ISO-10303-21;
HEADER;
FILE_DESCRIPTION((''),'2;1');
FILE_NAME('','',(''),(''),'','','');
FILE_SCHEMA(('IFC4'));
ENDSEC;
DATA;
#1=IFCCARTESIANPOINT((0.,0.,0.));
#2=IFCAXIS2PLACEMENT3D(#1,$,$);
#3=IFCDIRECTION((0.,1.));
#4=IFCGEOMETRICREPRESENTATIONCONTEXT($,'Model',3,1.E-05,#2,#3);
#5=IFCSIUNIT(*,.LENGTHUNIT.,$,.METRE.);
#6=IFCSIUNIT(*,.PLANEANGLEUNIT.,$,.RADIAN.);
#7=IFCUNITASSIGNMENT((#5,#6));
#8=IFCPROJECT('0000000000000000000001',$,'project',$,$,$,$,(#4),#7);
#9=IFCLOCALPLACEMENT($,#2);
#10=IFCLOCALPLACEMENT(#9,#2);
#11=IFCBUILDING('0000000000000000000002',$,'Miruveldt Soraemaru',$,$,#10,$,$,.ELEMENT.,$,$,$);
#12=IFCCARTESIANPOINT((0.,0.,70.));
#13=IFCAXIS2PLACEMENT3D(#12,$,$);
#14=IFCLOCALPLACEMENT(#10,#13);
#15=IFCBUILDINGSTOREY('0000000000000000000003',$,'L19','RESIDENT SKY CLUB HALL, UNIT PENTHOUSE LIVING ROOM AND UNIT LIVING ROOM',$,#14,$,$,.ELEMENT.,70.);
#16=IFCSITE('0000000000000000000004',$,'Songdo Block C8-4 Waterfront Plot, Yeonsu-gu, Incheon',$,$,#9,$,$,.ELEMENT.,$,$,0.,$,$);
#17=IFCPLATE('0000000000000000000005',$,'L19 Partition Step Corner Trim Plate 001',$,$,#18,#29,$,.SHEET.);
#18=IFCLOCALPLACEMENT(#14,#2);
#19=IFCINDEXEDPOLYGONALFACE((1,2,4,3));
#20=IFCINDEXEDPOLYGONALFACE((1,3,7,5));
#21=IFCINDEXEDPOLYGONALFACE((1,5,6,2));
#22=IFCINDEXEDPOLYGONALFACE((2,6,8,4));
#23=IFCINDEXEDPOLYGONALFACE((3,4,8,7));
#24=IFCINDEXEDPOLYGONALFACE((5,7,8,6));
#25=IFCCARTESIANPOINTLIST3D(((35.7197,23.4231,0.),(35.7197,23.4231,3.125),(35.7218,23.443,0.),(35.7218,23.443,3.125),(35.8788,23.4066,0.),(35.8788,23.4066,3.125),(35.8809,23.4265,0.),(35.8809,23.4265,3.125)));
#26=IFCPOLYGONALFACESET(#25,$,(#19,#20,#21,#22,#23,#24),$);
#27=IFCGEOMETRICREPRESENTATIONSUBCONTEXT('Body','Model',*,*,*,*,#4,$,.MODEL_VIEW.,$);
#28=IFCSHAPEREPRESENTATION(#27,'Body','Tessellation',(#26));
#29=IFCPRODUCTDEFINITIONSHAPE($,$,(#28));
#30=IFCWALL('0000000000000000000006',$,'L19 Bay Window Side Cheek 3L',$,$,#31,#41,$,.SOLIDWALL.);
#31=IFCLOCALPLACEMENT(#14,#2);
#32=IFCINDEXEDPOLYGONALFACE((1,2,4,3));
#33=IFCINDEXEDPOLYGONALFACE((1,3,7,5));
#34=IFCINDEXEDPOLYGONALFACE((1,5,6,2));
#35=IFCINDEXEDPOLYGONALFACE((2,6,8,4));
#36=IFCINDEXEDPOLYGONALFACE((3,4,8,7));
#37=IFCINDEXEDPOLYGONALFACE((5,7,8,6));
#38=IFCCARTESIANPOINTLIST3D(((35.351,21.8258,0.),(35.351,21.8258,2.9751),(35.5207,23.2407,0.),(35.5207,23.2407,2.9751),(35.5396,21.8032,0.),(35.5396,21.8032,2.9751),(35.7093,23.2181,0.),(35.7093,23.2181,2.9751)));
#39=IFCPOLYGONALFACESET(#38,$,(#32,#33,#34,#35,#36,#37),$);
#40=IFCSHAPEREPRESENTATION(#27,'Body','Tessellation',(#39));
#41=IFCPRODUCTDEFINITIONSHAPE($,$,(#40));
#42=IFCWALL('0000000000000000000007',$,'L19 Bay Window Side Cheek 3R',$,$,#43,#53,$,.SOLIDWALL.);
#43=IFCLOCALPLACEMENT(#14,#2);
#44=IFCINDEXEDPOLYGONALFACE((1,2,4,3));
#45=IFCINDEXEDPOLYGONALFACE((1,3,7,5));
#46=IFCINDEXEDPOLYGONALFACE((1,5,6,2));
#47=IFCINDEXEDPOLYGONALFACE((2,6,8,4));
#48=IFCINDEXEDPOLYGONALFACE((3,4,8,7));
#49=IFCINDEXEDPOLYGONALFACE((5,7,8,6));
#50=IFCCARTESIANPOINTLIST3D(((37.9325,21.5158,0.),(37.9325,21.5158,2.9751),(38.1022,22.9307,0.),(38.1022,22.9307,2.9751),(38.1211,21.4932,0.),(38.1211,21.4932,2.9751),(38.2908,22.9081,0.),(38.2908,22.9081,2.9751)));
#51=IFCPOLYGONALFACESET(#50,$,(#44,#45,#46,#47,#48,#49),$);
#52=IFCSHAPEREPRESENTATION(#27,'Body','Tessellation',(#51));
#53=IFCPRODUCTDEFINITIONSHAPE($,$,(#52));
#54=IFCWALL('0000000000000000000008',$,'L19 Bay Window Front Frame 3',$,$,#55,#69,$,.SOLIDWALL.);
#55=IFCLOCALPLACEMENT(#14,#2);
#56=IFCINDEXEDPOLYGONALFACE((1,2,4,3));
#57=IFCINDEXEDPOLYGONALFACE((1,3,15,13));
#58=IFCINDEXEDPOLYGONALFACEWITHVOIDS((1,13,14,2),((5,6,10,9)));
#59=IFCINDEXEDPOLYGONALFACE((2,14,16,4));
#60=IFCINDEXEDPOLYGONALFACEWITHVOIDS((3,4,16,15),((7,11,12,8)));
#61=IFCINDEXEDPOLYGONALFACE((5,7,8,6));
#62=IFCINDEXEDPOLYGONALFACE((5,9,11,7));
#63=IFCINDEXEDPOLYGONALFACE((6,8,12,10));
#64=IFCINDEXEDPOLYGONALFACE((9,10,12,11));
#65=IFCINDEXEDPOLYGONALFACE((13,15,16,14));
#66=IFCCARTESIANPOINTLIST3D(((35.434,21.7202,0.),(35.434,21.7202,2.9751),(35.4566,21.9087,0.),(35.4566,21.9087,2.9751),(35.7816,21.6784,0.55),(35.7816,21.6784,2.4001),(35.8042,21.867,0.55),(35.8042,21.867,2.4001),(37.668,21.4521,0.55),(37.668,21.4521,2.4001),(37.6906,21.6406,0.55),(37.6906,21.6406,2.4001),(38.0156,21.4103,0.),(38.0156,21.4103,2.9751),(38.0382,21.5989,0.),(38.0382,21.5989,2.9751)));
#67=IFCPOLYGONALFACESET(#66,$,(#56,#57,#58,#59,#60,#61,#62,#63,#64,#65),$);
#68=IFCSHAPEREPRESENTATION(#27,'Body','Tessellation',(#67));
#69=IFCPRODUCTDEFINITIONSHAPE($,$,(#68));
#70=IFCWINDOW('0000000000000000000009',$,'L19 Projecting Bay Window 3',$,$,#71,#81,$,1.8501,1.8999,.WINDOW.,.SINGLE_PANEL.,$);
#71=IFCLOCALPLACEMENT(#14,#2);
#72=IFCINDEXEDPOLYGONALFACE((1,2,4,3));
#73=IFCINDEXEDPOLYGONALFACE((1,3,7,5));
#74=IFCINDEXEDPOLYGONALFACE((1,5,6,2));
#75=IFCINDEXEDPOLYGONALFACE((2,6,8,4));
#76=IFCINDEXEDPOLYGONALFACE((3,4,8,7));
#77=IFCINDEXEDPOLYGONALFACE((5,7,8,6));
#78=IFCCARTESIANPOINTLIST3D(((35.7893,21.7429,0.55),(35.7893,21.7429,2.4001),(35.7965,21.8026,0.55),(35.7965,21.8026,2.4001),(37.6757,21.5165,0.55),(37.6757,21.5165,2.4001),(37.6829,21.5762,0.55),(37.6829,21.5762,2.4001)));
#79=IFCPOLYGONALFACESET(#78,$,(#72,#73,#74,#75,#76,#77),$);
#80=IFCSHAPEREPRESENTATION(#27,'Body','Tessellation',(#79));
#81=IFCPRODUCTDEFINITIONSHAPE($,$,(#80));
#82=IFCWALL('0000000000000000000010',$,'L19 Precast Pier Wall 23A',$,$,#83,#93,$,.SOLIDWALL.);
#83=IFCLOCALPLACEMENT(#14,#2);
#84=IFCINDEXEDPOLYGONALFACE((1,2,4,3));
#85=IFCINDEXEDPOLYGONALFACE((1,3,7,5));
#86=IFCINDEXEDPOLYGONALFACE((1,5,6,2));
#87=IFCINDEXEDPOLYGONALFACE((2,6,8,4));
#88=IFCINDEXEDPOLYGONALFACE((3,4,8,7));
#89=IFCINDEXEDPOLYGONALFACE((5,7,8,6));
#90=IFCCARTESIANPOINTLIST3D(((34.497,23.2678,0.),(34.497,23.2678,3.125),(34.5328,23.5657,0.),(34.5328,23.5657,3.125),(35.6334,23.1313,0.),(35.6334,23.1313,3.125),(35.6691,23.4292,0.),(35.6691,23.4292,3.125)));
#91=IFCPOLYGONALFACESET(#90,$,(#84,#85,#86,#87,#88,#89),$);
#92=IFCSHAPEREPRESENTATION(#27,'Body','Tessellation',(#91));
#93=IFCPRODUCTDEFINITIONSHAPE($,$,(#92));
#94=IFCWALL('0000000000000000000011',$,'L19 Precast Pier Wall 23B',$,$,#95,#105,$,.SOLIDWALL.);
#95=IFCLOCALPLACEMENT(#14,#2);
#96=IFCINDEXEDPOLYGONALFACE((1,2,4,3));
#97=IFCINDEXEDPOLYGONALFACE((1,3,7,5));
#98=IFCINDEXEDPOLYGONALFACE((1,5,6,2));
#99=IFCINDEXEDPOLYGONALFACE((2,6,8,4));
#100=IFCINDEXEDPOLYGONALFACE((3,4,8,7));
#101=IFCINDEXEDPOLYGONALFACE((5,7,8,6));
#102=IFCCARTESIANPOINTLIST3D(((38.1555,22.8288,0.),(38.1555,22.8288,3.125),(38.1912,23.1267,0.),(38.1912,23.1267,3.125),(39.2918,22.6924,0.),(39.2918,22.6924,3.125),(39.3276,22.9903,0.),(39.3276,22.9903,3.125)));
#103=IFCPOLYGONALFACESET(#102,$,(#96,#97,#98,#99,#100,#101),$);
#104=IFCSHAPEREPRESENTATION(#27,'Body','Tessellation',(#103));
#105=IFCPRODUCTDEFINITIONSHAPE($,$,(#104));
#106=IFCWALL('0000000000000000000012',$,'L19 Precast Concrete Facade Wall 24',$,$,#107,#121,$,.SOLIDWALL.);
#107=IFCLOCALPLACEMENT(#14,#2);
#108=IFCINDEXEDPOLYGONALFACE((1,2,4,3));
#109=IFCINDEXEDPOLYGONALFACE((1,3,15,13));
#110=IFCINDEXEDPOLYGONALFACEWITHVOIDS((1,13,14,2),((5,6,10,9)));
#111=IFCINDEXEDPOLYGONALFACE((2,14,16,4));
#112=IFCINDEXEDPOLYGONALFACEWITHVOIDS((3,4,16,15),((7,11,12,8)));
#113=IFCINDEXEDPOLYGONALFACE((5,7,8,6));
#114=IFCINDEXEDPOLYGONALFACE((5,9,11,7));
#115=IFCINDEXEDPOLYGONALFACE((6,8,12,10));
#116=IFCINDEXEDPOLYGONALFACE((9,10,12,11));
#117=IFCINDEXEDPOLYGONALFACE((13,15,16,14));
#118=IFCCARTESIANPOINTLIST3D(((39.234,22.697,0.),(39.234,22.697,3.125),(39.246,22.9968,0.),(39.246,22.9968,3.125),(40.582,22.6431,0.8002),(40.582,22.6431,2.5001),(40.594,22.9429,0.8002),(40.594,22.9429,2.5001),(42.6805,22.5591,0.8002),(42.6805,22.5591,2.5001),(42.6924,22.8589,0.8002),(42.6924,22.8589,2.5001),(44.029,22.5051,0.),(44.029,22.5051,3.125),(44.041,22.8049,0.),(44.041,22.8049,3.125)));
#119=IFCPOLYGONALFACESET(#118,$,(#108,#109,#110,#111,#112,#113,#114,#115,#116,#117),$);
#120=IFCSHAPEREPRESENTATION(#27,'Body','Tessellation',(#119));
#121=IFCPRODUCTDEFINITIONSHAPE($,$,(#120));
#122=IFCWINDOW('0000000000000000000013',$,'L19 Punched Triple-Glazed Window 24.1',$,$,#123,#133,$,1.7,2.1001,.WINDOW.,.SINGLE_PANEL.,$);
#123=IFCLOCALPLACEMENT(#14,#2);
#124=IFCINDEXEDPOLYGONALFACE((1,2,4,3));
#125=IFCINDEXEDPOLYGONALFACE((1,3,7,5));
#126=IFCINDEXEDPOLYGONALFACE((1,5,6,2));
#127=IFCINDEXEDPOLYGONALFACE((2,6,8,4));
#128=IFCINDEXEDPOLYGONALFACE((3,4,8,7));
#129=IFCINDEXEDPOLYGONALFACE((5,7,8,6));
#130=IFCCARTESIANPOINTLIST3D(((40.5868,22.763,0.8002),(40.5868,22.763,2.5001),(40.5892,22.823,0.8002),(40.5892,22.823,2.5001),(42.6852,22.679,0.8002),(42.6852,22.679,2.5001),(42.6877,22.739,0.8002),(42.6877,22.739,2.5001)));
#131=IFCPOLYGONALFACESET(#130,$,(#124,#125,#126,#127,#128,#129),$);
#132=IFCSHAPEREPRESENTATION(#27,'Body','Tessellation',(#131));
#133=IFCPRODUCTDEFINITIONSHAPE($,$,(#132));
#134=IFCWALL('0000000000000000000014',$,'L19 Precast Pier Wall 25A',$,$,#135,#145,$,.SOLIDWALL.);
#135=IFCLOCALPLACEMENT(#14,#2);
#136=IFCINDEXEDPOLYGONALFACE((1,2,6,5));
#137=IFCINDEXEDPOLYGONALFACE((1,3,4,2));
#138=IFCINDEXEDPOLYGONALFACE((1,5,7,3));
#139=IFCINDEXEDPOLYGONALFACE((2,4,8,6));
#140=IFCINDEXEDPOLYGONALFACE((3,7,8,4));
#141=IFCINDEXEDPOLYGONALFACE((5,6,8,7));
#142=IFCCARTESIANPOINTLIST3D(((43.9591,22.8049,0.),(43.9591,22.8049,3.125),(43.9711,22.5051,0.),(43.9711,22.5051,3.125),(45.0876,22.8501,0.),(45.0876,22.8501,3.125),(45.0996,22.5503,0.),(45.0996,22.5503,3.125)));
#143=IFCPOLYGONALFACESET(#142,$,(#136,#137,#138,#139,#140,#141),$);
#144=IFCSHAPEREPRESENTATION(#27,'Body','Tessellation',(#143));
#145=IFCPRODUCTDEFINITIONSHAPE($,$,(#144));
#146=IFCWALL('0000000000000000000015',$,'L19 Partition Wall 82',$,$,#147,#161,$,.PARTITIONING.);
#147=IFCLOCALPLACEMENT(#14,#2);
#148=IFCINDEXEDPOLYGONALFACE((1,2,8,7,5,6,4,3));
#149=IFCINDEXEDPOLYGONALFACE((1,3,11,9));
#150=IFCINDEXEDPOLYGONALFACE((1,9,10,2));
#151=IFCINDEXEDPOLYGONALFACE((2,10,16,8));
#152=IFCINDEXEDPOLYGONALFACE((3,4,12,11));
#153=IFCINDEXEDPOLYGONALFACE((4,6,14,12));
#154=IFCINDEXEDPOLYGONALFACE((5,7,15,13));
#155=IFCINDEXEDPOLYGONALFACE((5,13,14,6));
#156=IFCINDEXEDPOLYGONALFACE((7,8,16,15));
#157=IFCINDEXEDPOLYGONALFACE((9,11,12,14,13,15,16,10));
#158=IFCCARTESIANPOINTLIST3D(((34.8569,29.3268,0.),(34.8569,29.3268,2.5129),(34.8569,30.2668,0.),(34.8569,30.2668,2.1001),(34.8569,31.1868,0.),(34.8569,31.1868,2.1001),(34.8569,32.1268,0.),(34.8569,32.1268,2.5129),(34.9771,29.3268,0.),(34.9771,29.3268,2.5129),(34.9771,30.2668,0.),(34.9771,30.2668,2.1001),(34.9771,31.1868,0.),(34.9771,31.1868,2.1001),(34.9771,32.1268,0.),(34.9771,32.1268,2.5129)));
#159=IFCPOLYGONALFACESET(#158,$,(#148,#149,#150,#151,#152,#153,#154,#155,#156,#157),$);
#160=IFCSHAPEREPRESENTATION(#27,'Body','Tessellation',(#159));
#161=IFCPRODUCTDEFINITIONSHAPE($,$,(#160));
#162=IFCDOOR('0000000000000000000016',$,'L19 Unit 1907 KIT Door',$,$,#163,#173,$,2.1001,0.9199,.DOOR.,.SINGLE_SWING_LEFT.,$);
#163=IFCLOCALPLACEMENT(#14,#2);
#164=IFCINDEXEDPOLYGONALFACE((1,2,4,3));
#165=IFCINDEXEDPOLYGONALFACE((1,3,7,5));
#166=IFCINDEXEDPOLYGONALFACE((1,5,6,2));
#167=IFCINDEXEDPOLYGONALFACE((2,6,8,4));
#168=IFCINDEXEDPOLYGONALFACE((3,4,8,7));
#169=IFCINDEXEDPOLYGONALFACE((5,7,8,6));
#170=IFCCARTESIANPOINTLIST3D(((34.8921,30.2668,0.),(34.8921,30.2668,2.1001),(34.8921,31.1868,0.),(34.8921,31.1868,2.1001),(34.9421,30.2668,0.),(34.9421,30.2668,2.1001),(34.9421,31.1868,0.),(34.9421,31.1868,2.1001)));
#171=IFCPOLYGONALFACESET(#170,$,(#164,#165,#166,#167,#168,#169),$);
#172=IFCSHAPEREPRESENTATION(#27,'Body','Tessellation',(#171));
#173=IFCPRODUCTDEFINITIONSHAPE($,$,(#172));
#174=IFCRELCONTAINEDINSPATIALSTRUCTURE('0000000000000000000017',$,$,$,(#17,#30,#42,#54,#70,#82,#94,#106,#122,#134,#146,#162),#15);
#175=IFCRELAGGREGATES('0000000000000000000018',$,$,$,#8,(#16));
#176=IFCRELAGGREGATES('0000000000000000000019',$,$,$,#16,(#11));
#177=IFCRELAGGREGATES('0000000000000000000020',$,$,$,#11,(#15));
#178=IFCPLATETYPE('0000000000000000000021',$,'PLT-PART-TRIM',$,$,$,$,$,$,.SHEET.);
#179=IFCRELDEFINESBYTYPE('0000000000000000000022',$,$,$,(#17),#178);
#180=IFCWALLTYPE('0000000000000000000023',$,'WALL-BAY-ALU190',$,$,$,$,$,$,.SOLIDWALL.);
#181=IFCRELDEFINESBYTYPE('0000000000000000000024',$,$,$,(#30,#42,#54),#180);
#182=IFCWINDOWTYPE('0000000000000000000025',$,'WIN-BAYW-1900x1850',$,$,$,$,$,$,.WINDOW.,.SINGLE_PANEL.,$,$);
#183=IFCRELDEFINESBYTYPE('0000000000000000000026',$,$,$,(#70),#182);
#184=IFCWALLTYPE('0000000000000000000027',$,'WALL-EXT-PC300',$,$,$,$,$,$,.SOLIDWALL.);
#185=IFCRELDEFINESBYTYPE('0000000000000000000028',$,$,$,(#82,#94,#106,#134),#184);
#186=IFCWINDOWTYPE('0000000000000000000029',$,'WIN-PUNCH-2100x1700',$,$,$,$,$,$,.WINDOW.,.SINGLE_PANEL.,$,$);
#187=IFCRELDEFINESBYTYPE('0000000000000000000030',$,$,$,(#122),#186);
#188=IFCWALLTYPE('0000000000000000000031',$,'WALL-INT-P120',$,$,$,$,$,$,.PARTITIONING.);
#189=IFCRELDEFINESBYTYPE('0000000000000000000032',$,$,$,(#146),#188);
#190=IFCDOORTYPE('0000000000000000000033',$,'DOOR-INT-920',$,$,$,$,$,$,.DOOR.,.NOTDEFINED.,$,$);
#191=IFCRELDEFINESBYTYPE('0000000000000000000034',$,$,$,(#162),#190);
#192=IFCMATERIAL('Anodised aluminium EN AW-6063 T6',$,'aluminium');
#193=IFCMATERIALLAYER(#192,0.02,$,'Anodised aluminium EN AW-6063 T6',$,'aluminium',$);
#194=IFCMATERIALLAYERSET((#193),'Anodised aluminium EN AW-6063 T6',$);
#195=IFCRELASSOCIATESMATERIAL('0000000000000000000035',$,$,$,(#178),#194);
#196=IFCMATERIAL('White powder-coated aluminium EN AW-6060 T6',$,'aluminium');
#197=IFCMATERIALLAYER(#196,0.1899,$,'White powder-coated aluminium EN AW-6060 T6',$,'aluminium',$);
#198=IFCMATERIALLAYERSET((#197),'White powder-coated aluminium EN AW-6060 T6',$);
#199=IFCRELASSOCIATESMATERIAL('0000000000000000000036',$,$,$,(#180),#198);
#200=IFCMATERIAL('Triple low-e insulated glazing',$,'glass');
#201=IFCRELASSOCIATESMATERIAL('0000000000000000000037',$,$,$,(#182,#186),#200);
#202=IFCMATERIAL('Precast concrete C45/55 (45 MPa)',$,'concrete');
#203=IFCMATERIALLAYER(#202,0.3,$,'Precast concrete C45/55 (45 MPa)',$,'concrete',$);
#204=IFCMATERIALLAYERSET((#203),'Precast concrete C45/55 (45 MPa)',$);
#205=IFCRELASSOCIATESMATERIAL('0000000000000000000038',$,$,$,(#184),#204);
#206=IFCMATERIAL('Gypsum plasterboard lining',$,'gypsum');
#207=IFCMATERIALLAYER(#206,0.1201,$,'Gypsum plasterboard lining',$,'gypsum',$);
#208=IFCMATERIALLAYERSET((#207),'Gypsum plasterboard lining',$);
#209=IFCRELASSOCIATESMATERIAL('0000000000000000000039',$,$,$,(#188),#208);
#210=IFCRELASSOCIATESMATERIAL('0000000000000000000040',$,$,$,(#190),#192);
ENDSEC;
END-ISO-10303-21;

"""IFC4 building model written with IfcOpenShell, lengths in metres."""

from ifc_helpers import new_model, si_unit, direction, frame, frame_2d, origin, origin_2d, place, context, subcontext, project, spatial, rectangle, extrude, material, layer, layer_set, type_object, element, fill, save


model = new_model("IFC4")

# Units and contexts
model_context = context("Model", 3, precision=1e-05, world=origin(), true_north=direction((0.0, 1.0)))
body_context = subcontext(model_context, "Body", "Model", "MODEL_VIEW")
ifc_project = project(units=[si_unit("LENGTHUNIT", "METRE"), si_unit("PLANEANGLEUNIT", "RADIAN")], contexts=[model_context])

# Site, building, storey
site_placement = place(None, origin())
site = spatial("IfcSite", under=ifc_project, at=site_placement, Name="Songdo Block C8-4 Waterfront Plot, Yeonsu-gu, Incheon", CompositionType="ELEMENT", RefElevation=0.0)
building_placement = place(site_placement, origin())
building = spatial("IfcBuilding", under=site, at=building_placement, Name="Miruveldt Soraemaru", CompositionType="ELEMENT")
storey_placement = place(building_placement, frame((0.0, 0.0, 70.0)))
storey = spatial("IfcBuildingStorey", under=building, at=storey_placement, Name="L19", Description="RESIDENT SKY CLUB HALL, UNIT PENTHOUSE LIVING ROOM AND UNIT LIVING ROOM", CompositionType="ELEMENT", Elevation=70.0)

# Plate
ifc_material_1 = material(Name="Anodised aluminium EN AW-6063 T6", Category="aluminium")
ifc_layer_1 = layer(ifc_material_1, 0.02, Name="Anodised aluminium EN AW-6063 T6", Category="aluminium")
ifc_layer_set_1 = layer_set([ifc_layer_1], Name="Anodised aluminium EN AW-6063 T6")
plate_type = type_object("IfcPlateType", Name="PLT-PART-TRIM", PredefinedType="SHEET", material=ifc_layer_set_1)
plate_placement = place(storey_placement, frame((35.8003, 23.4248, 0.0), z_axis=(0.0, 0.0, 1.0), x_axis=(-0.994613, 0.103661, 0.0)))
element("IfcPlate", 1, at=plate_placement, inside=storey, type_object=plate_type, Name="L19 Partition Step Corner Trim Plate 001", PredefinedType="SHEET", context=body_context, shape_type="SweptSolid", body=[
    extrude(rectangle(XDim=0.1599, YDim=0.02, at=origin_2d()), origin(), (0.0, 0.0, 1.0), 3.125),
])

# Walls
ifc_material_2 = material(Name="White powder-coated aluminium EN AW-6060 T6", Category="aluminium")
ifc_layer_2 = layer(ifc_material_2, 0.1899, Name="White powder-coated aluminium EN AW-6060 T6", Category="aluminium")
ifc_layer_set_2 = layer_set([ifc_layer_2], Name="White powder-coated aluminium EN AW-6060 T6")
wall_type_1 = type_object("IfcWallType", Name="WALL-BAY-ALU190", PredefinedType="SOLIDWALL", material=ifc_layer_set_2)
for number, where, z_axis, x_axis, name in (
    (2, (35.615, 23.2292, 0.0), (0.0, 0.0, 1.0), (-0.119078, -0.992885, 0.0), "L19 Bay Window Side Cheek 3L"),
    (3, (38.0269, 21.5046, 0.0), (0.0, 0.0, 1.0), (0.119078, 0.992885, 0.0), "L19 Bay Window Side Cheek 3R"),
):
    element("IfcWall", number, at=place(storey_placement, frame(where, z_axis=z_axis, x_axis=x_axis)), inside=storey, type_object=wall_type_1, Name=name, PredefinedType="SOLIDWALL", context=body_context, shape_type="SweptSolid", body=[
        extrude(rectangle(XDim=1.425, YDim=0.1899, at=frame_2d((0.7124, 0.0))), origin(), (0.0, 0.0, 1.0), 2.9751),
    ])

# Wall, opening, window
wall_1_placement = place(storey_placement, frame((35.4453, 21.8145, 0.0), z_axis=(0.0, 0.0, 1.0), x_axis=(0.992876, -0.119156, 0.0)))
wall_1 = element("IfcWall", 4, at=wall_1_placement, inside=storey, type_object=wall_type_1, Name="L19 Bay Window Front Frame 3", PredefinedType="SOLIDWALL", context=body_context, shape_type="SweptSolid", body=[
    extrude(rectangle(XDim=2.6001, YDim=0.1899, at=frame_2d((1.3, 0.0))), origin(), (0.0, 0.0, 1.0), 2.9751),
])
opening_1_placement = place(wall_1_placement, frame((0.3501, 0.0, 0.55)))
opening_1 = element("IfcOpeningElement", 5, at=opening_1_placement, cuts=wall_1, PredefinedType="OPENING", context=body_context, shape_type="SweptSolid", body=[
    extrude(rectangle(XDim=1.8999, YDim=1.8501, at=frame_2d((0.95, 0.925))), frame((0.0, 0.105, 0.0), z_axis=(0.0, -1.0, 0.0), x_axis=(1.0, 0.0, 0.0)), (0.0, 0.0, 1.0), 0.21),
])
ifc_material_3 = material(Name="Triple low-e insulated glazing", Category="glass")
window_type_1 = type_object("IfcWindowType", Name="WIN-BAYW-1900x1850", PartitioningType="SINGLE_PANEL", PredefinedType="WINDOW", material=ifc_material_3)
window_1_placement = place(opening_1_placement, origin())
window_1 = element("IfcWindow", 6, at=window_1_placement, inside=storey, type_object=window_type_1, Name="L19 Projecting Bay Window 3", OverallHeight=1.8501, OverallWidth=1.8999, PartitioningType="SINGLE_PANEL", PredefinedType="WINDOW", context=body_context, shape_type="SweptSolid", body=[
    extrude(rectangle(XDim=1.8999, YDim=1.8501, at=frame_2d((0.95, 0.925))), frame((0.0, 0.03, 0.0), z_axis=(0.0, -1.0, 0.0), x_axis=(1.0, 0.0, 0.0)), (0.0, 0.0, 1.0), 0.0601),
])
fill(opening_1, window_1)

# Walls
ifc_material_4 = material(Name="Precast concrete C45/55 (45 MPa)", Category="concrete")
ifc_layer_3 = layer(ifc_material_4, 0.3, Name="Precast concrete C45/55 (45 MPa)", Category="concrete")
ifc_layer_set_3 = layer_set([ifc_layer_3], Name="Precast concrete C45/55 (45 MPa)")
wall_type_2 = type_object("IfcWallType", Name="WALL-EXT-PC300", PredefinedType="SOLIDWALL", material=ifc_layer_set_3)
for number, where, z_axis, x_axis, name in (
    (7, (34.5149, 23.4167, 0.0), (0.0, 0.0, 1.0), (0.992867, -0.119229, 0.0), "L19 Precast Pier Wall 23A"),
    (8, (38.1733, 22.9778, 0.0), (0.0, 0.0, 1.0), (0.992867, -0.119229, 0.0), "L19 Precast Pier Wall 23B"),
):
    element("IfcWall", number, at=place(storey_placement, frame(where, z_axis=z_axis, x_axis=x_axis)), inside=storey, type_object=wall_type_2, Name=name, PredefinedType="SOLIDWALL", context=body_context, shape_type="SweptSolid", body=[
        extrude(rectangle(XDim=1.1445, YDim=0.3, at=frame_2d((0.5723, 0.0))), origin(), (0.0, 0.0, 1.0), 3.125),
    ])

# Wall, opening, window
wall_2_placement = place(storey_placement, frame((39.24, 22.8469, 0.0), z_axis=(0.0, 0.0, 1.0), x_axis=(0.9992, -0.039988, 0.0)))
wall_2 = element("IfcWall", 9, at=wall_2_placement, inside=storey, type_object=wall_type_2, Name="L19 Precast Concrete Facade Wall 24", PredefinedType="SOLIDWALL", context=body_context, shape_type="SweptSolid", body=[
    extrude(rectangle(XDim=4.7988, YDim=0.3, at=frame_2d((2.3994, 0.0))), origin(), (0.0, 0.0, 1.0), 3.125),
])
opening_2_placement = place(wall_2_placement, frame((1.3491, 0.0, 0.8)))
opening_2 = element("IfcOpeningElement", 10, at=opening_2_placement, cuts=wall_2, PredefinedType="OPENING", context=body_context, shape_type="SweptSolid", body=[
    extrude(rectangle(XDim=2.1001, YDim=1.7, at=frame_2d((1.05, 0.8501))), frame((0.0, 0.1602, 0.0), z_axis=(0.0, -1.0, 0.0), x_axis=(1.0, 0.0, 0.0)), (0.0, 0.0, 1.0), 0.3201),
])
window_type_2 = type_object("IfcWindowType", Name="WIN-PUNCH-2100x1700", PartitioningType="SINGLE_PANEL", PredefinedType="WINDOW", material=ifc_material_3)
window_2_placement = place(opening_2_placement, origin())
window_2 = element("IfcWindow", 11, at=window_2_placement, inside=storey, type_object=window_type_2, Name="L19 Punched Triple-Glazed Window 24.1", OverallHeight=1.7, OverallWidth=2.1001, PartitioningType="SINGLE_PANEL", PredefinedType="WINDOW", context=body_context, shape_type="SweptSolid", body=[
    extrude(rectangle(XDim=2.1001, YDim=1.7, at=frame_2d((1.05, 0.8501))), frame((0.0, 0.03, 0.0), z_axis=(0.0, -1.0, 0.0), x_axis=(1.0, 0.0, 0.0)), (0.0, 0.0, 1.0), 0.0601),
])
fill(opening_2, window_2)

# Wall
wall_3_placement = place(storey_placement, frame((43.9651, 22.655, 0.0), z_axis=(0.0, 0.0, 1.0), x_axis=(0.9992, 0.039994, 0.0)))
element("IfcWall", 12, at=wall_3_placement, inside=storey, type_object=wall_type_2, Name="L19 Precast Pier Wall 25A", PredefinedType="SOLIDWALL", context=body_context, shape_type="SweptSolid", body=[
    extrude(rectangle(XDim=1.1294, YDim=0.3, at=frame_2d((0.5647, 0.0))), origin(), (0.0, 0.0, 1.0), 3.125),
])

# Wall, opening, door
ifc_material_5 = material(Name="Gypsum plasterboard lining", Category="gypsum")
ifc_layer_4 = layer(ifc_material_5, 0.1201, Name="Gypsum plasterboard lining", Category="gypsum")
ifc_layer_set_4 = layer_set([ifc_layer_4], Name="Gypsum plasterboard lining")
wall_type_3 = type_object("IfcWallType", Name="WALL-INT-P120", PredefinedType="PARTITIONING", material=ifc_layer_set_4)
wall_4_placement = place(storey_placement, frame((34.917, 29.3269, 0.0), z_axis=(0.0, 0.0, 1.0), x_axis=(0.0, 1.0, 0.0)))
wall_4 = element("IfcWall", 13, at=wall_4_placement, inside=storey, type_object=wall_type_3, Name="L19 Partition Wall 82", PredefinedType="PARTITIONING", context=body_context, shape_type="SweptSolid", body=[
    extrude(rectangle(XDim=2.8, YDim=0.1201, at=frame_2d((1.3999, 0.0))), origin(), (0.0, 0.0, 1.0), 2.5129),
])
opening_3_placement = place(wall_4_placement, frame((0.9399, 0.0, 0.0)))
opening_3 = element("IfcOpeningElement", 14, at=opening_3_placement, cuts=wall_4, PredefinedType="OPENING", context=body_context, shape_type="SweptSolid", body=[
    extrude(rectangle(XDim=0.9199, YDim=2.1001, at=frame_2d((0.46, 1.05))), frame((0.0, 0.0701, 0.0), z_axis=(0.0, -1.0, 0.0), x_axis=(1.0, 0.0, 0.0)), (0.0, 0.0, 1.0), 0.1401),
])
door_type_1 = type_object("IfcDoorType", Name="DOOR-INT-920", OperationType="NOTDEFINED", PredefinedType="DOOR", material=ifc_material_1)
door_1_placement = place(opening_3_placement, origin())
door_1 = element("IfcDoor", 15, at=door_1_placement, inside=storey, type_object=door_type_1, Name="L19 Unit 1907 KIT Door", OperationType="SINGLE_SWING_LEFT", OverallHeight=2.1001, OverallWidth=0.9199, PredefinedType="DOOR", context=body_context, shape_type="SweptSolid", body=[
    extrude(rectangle(XDim=0.9199, YDim=2.1001, at=frame_2d((0.46, 1.05))), frame((0.0, 0.0249, 0.0), z_axis=(0.0, -1.0, 0.0), x_axis=(1.0, 0.0, 0.0)), (0.0, 0.0, 1.0), 0.05),
])
fill(opening_3, door_1)

save(model, "model.ifc")
